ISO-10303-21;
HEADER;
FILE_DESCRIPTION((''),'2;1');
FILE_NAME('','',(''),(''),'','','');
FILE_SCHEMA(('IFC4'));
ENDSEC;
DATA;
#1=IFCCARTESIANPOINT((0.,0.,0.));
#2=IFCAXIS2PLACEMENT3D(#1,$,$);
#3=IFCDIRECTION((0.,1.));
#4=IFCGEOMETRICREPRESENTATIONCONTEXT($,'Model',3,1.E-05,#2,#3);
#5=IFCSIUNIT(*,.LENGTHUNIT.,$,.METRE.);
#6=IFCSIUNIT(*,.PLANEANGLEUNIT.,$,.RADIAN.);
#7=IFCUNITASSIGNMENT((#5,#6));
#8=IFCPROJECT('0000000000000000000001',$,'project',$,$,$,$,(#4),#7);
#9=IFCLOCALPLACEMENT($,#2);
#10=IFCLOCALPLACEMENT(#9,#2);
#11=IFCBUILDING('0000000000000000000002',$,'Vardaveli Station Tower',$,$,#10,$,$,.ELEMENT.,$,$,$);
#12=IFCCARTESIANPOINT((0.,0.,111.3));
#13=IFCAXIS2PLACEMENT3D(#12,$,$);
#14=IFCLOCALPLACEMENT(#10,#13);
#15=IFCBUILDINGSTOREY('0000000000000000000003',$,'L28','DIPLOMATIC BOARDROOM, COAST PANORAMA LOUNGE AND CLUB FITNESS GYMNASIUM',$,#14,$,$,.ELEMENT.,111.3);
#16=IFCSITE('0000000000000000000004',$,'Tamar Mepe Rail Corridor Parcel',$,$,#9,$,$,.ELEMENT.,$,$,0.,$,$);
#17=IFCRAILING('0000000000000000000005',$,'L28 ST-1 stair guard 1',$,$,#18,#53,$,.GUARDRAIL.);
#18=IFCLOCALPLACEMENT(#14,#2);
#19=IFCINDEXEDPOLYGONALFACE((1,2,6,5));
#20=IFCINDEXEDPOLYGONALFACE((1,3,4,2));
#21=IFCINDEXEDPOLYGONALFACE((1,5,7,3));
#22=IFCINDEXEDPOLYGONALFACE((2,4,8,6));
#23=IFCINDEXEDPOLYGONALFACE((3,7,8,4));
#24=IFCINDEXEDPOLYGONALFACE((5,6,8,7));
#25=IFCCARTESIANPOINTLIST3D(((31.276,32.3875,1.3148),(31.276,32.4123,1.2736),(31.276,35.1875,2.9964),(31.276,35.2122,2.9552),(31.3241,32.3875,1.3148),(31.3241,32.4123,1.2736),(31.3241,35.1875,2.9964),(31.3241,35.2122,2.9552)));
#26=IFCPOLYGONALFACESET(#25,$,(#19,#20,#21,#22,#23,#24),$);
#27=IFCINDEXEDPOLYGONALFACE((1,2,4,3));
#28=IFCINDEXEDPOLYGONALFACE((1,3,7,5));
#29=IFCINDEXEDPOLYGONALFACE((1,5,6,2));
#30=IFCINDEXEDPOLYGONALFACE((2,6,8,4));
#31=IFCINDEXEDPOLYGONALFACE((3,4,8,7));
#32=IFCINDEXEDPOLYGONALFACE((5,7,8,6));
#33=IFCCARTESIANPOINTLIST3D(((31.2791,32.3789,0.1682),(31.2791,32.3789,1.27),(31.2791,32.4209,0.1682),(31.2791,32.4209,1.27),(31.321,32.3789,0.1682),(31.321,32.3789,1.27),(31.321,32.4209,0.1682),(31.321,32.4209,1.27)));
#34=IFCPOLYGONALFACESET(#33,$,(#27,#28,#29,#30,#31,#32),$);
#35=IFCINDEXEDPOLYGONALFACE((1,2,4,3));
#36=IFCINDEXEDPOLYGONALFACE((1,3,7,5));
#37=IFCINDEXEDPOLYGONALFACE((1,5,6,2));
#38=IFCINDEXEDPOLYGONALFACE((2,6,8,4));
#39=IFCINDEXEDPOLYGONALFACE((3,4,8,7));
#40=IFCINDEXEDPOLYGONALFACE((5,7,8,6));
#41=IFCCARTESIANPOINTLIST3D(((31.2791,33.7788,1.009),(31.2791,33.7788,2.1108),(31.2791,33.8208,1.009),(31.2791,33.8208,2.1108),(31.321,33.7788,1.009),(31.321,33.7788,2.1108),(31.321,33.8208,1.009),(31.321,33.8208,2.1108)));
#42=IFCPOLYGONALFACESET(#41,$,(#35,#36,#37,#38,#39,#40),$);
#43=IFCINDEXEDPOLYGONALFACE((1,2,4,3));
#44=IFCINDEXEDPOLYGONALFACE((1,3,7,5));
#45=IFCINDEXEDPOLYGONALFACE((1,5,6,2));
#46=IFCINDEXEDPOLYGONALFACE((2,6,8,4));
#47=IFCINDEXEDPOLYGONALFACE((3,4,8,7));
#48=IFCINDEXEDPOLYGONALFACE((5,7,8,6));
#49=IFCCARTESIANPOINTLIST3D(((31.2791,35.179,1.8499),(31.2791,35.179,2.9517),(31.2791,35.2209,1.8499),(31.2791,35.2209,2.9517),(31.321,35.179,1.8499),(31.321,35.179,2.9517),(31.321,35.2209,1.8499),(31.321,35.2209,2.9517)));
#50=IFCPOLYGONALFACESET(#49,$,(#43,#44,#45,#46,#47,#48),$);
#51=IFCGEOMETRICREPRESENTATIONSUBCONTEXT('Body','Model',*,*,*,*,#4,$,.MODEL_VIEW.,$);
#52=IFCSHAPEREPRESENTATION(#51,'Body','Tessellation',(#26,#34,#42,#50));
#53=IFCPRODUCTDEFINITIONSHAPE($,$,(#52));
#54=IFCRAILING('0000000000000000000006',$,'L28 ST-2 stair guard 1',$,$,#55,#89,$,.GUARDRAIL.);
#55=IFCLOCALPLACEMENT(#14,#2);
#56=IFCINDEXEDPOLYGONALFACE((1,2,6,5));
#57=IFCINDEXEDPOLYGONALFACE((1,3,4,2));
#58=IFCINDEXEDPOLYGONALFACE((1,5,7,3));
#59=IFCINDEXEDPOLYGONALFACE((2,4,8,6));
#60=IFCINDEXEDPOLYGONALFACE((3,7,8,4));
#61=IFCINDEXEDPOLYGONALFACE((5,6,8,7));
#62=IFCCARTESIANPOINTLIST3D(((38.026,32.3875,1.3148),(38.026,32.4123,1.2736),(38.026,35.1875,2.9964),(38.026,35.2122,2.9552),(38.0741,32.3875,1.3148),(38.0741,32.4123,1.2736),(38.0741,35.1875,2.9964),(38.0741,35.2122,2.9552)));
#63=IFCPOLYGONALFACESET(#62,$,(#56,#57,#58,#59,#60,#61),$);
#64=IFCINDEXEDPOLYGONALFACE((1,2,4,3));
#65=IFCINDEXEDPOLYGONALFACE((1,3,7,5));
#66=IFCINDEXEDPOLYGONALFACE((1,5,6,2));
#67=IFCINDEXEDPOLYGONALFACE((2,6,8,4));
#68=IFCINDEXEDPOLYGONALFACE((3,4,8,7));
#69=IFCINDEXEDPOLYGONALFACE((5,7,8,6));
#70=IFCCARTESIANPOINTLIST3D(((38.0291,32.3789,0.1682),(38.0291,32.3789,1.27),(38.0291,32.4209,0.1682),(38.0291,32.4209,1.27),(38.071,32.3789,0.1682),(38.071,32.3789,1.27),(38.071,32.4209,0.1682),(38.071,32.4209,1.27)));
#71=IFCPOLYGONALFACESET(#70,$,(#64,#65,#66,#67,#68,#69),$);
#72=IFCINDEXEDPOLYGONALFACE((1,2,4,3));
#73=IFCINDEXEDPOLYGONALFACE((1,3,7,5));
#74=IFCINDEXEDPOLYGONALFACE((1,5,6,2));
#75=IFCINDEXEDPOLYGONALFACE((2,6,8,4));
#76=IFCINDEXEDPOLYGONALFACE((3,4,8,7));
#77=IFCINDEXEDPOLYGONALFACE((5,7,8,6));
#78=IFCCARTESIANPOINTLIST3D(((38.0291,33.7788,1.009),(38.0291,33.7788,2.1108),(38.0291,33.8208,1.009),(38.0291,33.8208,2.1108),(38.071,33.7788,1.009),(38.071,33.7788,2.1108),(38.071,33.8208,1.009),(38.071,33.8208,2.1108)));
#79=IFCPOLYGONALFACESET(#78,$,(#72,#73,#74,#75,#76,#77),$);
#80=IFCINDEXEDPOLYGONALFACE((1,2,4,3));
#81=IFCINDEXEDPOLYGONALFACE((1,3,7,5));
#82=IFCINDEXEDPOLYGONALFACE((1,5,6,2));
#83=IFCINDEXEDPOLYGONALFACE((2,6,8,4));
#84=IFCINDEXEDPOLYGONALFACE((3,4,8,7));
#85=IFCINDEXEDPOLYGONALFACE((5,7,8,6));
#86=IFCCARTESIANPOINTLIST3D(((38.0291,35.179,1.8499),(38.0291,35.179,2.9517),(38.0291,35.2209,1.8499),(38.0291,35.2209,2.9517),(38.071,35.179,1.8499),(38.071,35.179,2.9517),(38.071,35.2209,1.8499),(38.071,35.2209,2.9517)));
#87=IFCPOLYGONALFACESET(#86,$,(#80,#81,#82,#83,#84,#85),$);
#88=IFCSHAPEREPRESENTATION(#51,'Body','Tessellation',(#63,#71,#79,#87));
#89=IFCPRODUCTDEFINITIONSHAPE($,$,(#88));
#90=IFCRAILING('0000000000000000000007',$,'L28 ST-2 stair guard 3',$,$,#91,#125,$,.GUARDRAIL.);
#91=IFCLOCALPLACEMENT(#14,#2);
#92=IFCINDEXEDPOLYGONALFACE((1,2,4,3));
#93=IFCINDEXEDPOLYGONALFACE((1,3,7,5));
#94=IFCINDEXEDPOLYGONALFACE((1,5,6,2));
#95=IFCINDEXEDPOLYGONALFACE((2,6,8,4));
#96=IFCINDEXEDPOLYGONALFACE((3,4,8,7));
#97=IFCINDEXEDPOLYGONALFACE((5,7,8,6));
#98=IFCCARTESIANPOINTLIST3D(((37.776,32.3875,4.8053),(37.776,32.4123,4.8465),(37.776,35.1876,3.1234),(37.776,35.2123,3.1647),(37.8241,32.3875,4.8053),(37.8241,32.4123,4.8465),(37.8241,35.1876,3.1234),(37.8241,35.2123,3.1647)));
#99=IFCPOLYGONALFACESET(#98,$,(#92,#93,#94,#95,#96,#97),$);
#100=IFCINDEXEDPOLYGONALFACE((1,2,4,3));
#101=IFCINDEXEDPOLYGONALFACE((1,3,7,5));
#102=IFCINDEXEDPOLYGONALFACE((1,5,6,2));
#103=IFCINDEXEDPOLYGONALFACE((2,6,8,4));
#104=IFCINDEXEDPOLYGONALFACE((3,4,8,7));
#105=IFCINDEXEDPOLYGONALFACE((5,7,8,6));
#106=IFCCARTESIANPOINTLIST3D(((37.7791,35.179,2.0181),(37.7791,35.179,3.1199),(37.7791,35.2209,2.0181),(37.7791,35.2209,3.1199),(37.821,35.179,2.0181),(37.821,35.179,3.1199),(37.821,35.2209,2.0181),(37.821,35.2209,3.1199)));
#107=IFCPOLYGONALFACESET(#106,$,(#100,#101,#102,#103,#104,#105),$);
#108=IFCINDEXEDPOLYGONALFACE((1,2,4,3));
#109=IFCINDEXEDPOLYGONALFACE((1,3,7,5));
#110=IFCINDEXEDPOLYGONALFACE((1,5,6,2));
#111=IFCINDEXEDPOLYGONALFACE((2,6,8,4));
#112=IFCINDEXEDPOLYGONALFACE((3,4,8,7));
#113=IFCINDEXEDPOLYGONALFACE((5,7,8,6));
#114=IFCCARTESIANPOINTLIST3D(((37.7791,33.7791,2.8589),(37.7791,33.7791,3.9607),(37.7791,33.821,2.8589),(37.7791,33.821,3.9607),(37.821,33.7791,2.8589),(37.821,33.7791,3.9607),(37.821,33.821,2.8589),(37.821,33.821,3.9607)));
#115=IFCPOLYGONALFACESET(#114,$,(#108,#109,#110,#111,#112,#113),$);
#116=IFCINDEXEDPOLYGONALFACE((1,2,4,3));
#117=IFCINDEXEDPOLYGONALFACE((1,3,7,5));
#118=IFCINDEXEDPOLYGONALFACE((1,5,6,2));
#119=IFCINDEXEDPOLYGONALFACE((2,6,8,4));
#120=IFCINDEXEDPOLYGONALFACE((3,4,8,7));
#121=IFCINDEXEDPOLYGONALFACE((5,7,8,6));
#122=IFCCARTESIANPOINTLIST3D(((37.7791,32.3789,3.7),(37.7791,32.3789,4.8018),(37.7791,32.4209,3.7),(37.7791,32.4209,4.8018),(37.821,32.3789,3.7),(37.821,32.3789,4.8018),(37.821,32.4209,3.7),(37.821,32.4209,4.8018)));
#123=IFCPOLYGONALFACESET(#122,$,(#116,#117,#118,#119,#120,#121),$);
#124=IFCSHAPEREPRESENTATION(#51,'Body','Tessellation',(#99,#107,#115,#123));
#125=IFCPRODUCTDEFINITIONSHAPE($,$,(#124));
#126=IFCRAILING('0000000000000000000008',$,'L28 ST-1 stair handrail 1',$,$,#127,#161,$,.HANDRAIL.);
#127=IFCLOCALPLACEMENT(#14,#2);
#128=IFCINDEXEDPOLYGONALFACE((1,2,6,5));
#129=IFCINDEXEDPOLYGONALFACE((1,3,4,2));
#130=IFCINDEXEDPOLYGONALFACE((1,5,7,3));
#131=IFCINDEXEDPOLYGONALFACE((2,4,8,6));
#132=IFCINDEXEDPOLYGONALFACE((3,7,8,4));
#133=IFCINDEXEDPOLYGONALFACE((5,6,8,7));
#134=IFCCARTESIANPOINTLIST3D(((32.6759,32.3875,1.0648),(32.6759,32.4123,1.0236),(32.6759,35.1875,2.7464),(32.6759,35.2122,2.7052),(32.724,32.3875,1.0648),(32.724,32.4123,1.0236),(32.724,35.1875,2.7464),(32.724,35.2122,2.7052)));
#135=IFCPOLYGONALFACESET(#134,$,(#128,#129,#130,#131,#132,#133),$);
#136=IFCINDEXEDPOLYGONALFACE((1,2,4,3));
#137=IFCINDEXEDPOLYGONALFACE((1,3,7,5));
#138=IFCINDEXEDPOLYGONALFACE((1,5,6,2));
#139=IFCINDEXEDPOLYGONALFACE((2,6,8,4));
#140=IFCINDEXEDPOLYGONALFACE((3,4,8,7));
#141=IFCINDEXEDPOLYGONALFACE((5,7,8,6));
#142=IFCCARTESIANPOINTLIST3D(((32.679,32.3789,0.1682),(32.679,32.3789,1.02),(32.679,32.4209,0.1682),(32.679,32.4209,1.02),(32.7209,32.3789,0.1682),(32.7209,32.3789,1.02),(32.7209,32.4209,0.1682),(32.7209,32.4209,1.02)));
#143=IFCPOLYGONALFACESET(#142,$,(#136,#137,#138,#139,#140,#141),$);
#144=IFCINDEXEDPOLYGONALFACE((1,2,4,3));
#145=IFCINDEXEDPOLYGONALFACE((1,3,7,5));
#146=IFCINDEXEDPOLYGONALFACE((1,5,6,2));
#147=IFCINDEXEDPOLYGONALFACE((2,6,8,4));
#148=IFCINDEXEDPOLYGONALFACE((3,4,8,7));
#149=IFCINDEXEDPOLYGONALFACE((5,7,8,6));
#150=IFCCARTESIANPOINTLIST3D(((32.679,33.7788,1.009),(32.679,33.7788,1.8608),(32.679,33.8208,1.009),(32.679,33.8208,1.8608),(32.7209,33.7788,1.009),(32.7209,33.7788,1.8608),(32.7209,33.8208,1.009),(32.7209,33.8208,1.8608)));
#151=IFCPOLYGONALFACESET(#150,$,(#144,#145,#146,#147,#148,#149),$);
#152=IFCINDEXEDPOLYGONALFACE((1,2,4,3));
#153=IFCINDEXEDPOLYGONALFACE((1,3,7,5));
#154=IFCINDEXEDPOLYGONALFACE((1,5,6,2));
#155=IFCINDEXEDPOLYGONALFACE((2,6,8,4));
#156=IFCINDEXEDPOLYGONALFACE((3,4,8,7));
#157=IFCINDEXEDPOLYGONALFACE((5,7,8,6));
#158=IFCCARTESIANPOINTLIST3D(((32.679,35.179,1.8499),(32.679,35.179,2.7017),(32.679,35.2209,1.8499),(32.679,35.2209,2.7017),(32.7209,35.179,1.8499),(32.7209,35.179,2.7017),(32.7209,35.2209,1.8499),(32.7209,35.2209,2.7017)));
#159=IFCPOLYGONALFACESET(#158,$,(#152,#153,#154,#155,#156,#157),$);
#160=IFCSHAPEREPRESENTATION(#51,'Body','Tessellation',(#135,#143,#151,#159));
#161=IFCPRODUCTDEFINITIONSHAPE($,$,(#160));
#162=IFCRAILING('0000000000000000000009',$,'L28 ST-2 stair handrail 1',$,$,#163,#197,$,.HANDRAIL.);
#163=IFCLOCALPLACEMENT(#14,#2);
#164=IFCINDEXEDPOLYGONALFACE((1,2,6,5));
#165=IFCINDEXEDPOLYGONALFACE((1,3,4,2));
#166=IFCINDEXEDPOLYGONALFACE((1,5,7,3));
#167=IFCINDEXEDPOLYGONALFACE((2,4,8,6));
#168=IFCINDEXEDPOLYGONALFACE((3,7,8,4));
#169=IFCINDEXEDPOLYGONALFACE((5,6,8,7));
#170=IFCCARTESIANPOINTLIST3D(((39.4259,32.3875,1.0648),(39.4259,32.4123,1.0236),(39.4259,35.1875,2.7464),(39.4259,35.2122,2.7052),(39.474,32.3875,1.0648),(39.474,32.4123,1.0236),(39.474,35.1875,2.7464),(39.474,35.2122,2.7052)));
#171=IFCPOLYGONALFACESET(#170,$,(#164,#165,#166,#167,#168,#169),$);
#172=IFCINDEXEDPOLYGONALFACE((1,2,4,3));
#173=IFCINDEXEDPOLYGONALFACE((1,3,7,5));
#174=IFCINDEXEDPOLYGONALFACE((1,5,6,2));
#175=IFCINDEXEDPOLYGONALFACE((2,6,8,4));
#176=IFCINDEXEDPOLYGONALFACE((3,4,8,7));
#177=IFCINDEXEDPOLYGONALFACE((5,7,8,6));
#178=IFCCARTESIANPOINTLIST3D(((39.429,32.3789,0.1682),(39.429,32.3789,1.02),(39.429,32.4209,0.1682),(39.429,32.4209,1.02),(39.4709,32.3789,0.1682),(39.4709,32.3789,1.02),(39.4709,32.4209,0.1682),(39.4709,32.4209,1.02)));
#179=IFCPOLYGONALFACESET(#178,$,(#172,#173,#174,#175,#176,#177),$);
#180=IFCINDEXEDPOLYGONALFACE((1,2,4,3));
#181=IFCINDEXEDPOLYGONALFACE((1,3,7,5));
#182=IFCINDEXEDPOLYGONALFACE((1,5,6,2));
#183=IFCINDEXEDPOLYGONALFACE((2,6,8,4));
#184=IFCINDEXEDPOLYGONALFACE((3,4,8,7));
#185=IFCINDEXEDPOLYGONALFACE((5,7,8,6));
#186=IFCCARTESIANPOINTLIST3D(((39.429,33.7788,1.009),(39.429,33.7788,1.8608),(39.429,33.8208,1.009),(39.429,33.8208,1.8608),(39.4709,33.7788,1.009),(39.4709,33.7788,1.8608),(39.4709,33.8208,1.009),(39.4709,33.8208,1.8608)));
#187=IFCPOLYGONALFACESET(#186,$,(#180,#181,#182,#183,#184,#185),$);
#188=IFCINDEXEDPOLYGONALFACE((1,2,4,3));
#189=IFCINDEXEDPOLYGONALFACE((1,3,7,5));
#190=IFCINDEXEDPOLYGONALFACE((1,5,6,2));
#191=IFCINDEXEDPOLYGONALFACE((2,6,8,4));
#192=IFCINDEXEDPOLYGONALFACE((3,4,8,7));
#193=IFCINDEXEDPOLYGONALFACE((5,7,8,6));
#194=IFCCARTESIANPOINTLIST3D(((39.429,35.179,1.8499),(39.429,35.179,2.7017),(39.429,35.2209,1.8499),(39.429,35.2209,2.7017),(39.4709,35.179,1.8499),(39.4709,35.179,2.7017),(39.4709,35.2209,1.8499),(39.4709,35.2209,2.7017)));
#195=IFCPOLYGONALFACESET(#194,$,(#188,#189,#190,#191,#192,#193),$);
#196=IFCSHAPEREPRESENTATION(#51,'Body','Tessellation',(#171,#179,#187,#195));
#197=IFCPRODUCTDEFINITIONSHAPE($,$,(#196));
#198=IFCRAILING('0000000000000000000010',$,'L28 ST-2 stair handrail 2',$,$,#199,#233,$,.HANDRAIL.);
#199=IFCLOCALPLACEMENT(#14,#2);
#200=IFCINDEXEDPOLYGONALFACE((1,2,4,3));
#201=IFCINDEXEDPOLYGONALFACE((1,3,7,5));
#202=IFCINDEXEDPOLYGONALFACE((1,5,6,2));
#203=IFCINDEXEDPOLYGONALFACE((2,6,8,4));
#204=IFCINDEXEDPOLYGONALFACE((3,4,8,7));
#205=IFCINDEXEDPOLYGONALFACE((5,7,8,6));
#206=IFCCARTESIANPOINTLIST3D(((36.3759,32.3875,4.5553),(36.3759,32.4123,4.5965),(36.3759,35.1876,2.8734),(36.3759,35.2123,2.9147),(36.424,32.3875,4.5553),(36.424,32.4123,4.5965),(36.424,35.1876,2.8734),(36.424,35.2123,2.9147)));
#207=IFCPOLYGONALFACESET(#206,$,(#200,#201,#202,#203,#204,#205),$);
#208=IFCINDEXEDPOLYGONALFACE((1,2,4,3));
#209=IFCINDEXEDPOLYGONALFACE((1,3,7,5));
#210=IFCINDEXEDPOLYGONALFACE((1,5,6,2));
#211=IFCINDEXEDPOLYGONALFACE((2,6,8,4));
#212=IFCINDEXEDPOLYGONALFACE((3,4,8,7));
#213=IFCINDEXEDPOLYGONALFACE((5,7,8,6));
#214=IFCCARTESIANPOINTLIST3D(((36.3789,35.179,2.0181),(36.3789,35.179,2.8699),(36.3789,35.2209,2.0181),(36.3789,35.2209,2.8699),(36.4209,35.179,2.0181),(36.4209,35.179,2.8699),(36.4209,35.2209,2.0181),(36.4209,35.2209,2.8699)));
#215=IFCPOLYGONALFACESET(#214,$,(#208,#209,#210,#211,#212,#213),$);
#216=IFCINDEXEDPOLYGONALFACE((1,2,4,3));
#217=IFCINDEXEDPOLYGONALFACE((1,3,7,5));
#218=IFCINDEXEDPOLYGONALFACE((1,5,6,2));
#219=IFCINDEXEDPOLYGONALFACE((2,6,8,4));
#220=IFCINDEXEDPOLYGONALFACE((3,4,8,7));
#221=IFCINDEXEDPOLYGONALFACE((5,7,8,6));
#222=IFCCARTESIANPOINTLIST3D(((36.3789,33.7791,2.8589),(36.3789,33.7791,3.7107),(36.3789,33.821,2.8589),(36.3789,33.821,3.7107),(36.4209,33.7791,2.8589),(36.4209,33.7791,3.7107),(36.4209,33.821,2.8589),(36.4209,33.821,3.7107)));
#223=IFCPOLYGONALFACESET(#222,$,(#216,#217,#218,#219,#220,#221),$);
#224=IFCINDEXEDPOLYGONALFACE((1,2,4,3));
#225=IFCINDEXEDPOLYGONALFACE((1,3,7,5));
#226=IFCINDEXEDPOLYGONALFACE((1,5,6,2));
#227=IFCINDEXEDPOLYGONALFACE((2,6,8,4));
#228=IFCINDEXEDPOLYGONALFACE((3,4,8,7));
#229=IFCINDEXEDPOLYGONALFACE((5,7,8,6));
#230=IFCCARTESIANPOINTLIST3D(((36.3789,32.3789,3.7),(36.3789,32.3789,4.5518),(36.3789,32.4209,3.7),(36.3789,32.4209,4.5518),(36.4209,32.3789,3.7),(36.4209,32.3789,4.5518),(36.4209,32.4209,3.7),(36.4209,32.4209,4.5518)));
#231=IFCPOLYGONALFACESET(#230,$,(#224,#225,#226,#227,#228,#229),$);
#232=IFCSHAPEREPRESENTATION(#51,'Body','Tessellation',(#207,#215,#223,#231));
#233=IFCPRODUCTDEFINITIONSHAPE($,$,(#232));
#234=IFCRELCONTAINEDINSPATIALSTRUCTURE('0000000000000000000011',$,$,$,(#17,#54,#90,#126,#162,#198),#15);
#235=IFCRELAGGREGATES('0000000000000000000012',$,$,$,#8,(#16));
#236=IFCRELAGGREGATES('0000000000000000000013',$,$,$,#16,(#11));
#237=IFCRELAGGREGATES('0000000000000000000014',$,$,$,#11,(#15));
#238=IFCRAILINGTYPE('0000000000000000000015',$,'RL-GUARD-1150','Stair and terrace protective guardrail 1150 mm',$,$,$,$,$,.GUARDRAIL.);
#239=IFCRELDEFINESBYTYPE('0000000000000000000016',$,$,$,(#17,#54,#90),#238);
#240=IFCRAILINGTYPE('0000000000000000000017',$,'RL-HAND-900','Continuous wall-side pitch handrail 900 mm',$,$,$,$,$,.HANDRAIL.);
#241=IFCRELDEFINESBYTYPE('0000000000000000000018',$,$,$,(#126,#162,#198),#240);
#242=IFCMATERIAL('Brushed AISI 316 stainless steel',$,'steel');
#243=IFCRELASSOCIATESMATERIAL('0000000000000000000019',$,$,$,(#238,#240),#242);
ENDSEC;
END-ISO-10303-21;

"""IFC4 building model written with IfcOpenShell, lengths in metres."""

from ifc_helpers import new_model, si_unit, direction, frame, origin, origin_2d, place, context, subcontext, project, spatial, rectangle, extrude, source, transform, mapped, material, type_object, element, save


model = new_model("IFC4")

# Units and contexts
model_context = context("Model", 3, precision=1e-05, world=origin(), true_north=direction((0.0, 1.0)))
body_context = subcontext(model_context, "Body", "Model", "MODEL_VIEW")
ifc_project = project(units=[si_unit("LENGTHUNIT", "METRE"), si_unit("PLANEANGLEUNIT", "RADIAN")], contexts=[model_context])

# Site, building, storey
site_placement = place(None, origin())
site = spatial("IfcSite", under=ifc_project, at=site_placement, Name="Tamar Mepe Rail Corridor Parcel", CompositionType="ELEMENT", RefElevation=0.0)
building_placement = place(site_placement, origin())
building = spatial("IfcBuilding", under=site, at=building_placement, Name="Vardaveli Station Tower", CompositionType="ELEMENT")
storey_placement = place(building_placement, frame((0.0, 0.0, 111.3)))
storey = spatial("IfcBuildingStorey", under=building, at=storey_placement, Name="L28", Description="DIPLOMATIC BOARDROOM, COAST PANORAMA LOUNGE AND CLUB FITNESS GYMNASIUM", CompositionType="ELEMENT", Elevation=111.3)

# Railings
ifc_material_1 = material(Name="Brushed AISI 316 stainless steel", Category="steel")
railing_type_1 = type_object("IfcRailingType", Name="RL-GUARD-1150", Description="Stair and terrace protective guardrail 1150 mm", PredefinedType="GUARDRAIL", material=ifc_material_1)
shared_shape_1 = source(origin(), body_context, "Body", "SweptSolid", [
    extrude(rectangle(XDim=0.0481, YDim=0.0481, at=origin_2d()), frame((0.0, 0.0, 1.126), z_axis=(0.0, 0.857275, 0.514858), x_axis=(-1.0, 0.0, 0.0)), (0.0, 0.0, 1.0), 3.2661),
    extrude(rectangle(XDim=0.042, YDim=0.042, at=origin_2d()), origin(), (0.0, 0.0, 1.0), 1.1018),
    extrude(rectangle(XDim=0.042, YDim=0.042, at=origin_2d()), frame((0.0, 1.3999, 0.8408)), (0.0, 0.0, 1.0), 1.1018),
    extrude(rectangle(XDim=0.042, YDim=0.042, at=origin_2d()), frame((0.0, 2.8, 1.6816)), (0.0, 0.0, 1.0), 1.1018),
])
for number, where, name in (
    (1, (31.3, 32.3999, 0.1682), "L28 ST-1 stair guard 1"),
    (2, (38.05, 32.3999, 0.1682), "L28 ST-2 stair guard 1"),
):
    element("IfcRailing", number, at=place(storey_placement, frame(where)), inside=storey, type_object=railing_type_1, Name=name, PredefinedType="GUARDRAIL", context=body_context, shape_type="MappedRepresentation", body=[
        mapped(shared_shape_1, transform((0.0, 0.0, 0.0), scale=1.0)),
    ])
shared_shape_2 = source(origin(), body_context, "Body", "SweptSolid", [
    extrude(rectangle(XDim=0.0481, YDim=0.0481, at=origin_2d()), frame((0.0, 0.0, 1.126), z_axis=(0.0, -0.857242, 0.514913), x_axis=(1.0, 0.0, 0.0)), (0.0, 0.0, 1.0), 3.2664),
    extrude(rectangle(XDim=0.042, YDim=0.042, at=origin_2d()), origin(), (0.0, 0.0, 1.0), 1.1018),
    extrude(rectangle(XDim=0.042, YDim=0.042, at=origin_2d()), frame((0.0, -1.3999, 0.8408)), (0.0, 0.0, 1.0), 1.1018),
    extrude(rectangle(XDim=0.042, YDim=0.042, at=origin_2d()), frame((0.0, -2.8, 1.6819)), (0.0, 0.0, 1.0), 1.1018),
])
railing_1_placement = place(storey_placement, frame((37.8, 35.2, 2.0181)))
element("IfcRailing", 3, at=railing_1_placement, inside=storey, type_object=railing_type_1, Name="L28 ST-2 stair guard 3", PredefinedType="GUARDRAIL", context=body_context, shape_type="MappedRepresentation", body=[
    mapped(shared_shape_2, transform((0.0, 0.0, 0.0), scale=1.0)),
])
railing_type_2 = type_object("IfcRailingType", Name="RL-HAND-900", Description="Continuous wall-side pitch handrail 900 mm", PredefinedType="HANDRAIL", material=ifc_material_1)
shared_shape_3 = source(origin(), body_context, "Body", "SweptSolid", [
    extrude(rectangle(XDim=0.0481, YDim=0.0481, at=origin_2d()), frame((0.0, 0.0, 0.876), z_axis=(0.0, 0.857275, 0.514858), x_axis=(-1.0, 0.0, 0.0)), (0.0, 0.0, 1.0), 3.2661),
    extrude(rectangle(XDim=0.042, YDim=0.042, at=origin_2d()), origin(), (0.0, 0.0, 1.0), 0.8518),
    extrude(rectangle(XDim=0.042, YDim=0.042, at=origin_2d()), frame((0.0, 1.3999, 0.8408)), (0.0, 0.0, 1.0), 0.8518),
    extrude(rectangle(XDim=0.042, YDim=0.042, at=origin_2d()), frame((0.0, 2.8, 1.6816)), (0.0, 0.0, 1.0), 0.8518),
])
for number, where, name in (
    (4, (32.7, 32.3999, 0.1682), "L28 ST-1 stair handrail 1"),
    (5, (39.45, 32.3999, 0.1682), "L28 ST-2 stair handrail 1"),
):
    element("IfcRailing", number, at=place(storey_placement, frame(where)), inside=storey, type_object=railing_type_2, Name=name, PredefinedType="HANDRAIL", context=body_context, shape_type="MappedRepresentation", body=[
        mapped(shared_shape_3, transform((0.0, 0.0, 0.0), scale=1.0)),
    ])
shared_shape_4 = source(origin(), body_context, "Body", "SweptSolid", [
    extrude(rectangle(XDim=0.0481, YDim=0.0481, at=origin_2d()), frame((0.0, 0.0, 0.876), z_axis=(0.0, -0.857242, 0.514913), x_axis=(1.0, 0.0, 0.0)), (0.0, 0.0, 1.0), 3.2664),
    extrude(rectangle(XDim=0.042, YDim=0.042, at=origin_2d()), origin(), (0.0, 0.0, 1.0), 0.8518),
    extrude(rectangle(XDim=0.042, YDim=0.042, at=origin_2d()), frame((0.0, -1.3999, 0.8408)), (0.0, 0.0, 1.0), 0.8518),
    extrude(rectangle(XDim=0.042, YDim=0.042, at=origin_2d()), frame((0.0, -2.8, 1.6819)), (0.0, 0.0, 1.0), 0.8518),
])
railing_2_placement = place(storey_placement, frame((36.3999, 35.2, 2.0181)))
element("IfcRailing", 6, at=railing_2_placement, inside=storey, type_object=railing_type_2, Name="L28 ST-2 stair handrail 2", PredefinedType="HANDRAIL", context=body_context, shape_type="MappedRepresentation", body=[
    mapped(shared_shape_4, transform((0.0, 0.0, 0.0), scale=1.0)),
])

save(model, "model.ifc")
